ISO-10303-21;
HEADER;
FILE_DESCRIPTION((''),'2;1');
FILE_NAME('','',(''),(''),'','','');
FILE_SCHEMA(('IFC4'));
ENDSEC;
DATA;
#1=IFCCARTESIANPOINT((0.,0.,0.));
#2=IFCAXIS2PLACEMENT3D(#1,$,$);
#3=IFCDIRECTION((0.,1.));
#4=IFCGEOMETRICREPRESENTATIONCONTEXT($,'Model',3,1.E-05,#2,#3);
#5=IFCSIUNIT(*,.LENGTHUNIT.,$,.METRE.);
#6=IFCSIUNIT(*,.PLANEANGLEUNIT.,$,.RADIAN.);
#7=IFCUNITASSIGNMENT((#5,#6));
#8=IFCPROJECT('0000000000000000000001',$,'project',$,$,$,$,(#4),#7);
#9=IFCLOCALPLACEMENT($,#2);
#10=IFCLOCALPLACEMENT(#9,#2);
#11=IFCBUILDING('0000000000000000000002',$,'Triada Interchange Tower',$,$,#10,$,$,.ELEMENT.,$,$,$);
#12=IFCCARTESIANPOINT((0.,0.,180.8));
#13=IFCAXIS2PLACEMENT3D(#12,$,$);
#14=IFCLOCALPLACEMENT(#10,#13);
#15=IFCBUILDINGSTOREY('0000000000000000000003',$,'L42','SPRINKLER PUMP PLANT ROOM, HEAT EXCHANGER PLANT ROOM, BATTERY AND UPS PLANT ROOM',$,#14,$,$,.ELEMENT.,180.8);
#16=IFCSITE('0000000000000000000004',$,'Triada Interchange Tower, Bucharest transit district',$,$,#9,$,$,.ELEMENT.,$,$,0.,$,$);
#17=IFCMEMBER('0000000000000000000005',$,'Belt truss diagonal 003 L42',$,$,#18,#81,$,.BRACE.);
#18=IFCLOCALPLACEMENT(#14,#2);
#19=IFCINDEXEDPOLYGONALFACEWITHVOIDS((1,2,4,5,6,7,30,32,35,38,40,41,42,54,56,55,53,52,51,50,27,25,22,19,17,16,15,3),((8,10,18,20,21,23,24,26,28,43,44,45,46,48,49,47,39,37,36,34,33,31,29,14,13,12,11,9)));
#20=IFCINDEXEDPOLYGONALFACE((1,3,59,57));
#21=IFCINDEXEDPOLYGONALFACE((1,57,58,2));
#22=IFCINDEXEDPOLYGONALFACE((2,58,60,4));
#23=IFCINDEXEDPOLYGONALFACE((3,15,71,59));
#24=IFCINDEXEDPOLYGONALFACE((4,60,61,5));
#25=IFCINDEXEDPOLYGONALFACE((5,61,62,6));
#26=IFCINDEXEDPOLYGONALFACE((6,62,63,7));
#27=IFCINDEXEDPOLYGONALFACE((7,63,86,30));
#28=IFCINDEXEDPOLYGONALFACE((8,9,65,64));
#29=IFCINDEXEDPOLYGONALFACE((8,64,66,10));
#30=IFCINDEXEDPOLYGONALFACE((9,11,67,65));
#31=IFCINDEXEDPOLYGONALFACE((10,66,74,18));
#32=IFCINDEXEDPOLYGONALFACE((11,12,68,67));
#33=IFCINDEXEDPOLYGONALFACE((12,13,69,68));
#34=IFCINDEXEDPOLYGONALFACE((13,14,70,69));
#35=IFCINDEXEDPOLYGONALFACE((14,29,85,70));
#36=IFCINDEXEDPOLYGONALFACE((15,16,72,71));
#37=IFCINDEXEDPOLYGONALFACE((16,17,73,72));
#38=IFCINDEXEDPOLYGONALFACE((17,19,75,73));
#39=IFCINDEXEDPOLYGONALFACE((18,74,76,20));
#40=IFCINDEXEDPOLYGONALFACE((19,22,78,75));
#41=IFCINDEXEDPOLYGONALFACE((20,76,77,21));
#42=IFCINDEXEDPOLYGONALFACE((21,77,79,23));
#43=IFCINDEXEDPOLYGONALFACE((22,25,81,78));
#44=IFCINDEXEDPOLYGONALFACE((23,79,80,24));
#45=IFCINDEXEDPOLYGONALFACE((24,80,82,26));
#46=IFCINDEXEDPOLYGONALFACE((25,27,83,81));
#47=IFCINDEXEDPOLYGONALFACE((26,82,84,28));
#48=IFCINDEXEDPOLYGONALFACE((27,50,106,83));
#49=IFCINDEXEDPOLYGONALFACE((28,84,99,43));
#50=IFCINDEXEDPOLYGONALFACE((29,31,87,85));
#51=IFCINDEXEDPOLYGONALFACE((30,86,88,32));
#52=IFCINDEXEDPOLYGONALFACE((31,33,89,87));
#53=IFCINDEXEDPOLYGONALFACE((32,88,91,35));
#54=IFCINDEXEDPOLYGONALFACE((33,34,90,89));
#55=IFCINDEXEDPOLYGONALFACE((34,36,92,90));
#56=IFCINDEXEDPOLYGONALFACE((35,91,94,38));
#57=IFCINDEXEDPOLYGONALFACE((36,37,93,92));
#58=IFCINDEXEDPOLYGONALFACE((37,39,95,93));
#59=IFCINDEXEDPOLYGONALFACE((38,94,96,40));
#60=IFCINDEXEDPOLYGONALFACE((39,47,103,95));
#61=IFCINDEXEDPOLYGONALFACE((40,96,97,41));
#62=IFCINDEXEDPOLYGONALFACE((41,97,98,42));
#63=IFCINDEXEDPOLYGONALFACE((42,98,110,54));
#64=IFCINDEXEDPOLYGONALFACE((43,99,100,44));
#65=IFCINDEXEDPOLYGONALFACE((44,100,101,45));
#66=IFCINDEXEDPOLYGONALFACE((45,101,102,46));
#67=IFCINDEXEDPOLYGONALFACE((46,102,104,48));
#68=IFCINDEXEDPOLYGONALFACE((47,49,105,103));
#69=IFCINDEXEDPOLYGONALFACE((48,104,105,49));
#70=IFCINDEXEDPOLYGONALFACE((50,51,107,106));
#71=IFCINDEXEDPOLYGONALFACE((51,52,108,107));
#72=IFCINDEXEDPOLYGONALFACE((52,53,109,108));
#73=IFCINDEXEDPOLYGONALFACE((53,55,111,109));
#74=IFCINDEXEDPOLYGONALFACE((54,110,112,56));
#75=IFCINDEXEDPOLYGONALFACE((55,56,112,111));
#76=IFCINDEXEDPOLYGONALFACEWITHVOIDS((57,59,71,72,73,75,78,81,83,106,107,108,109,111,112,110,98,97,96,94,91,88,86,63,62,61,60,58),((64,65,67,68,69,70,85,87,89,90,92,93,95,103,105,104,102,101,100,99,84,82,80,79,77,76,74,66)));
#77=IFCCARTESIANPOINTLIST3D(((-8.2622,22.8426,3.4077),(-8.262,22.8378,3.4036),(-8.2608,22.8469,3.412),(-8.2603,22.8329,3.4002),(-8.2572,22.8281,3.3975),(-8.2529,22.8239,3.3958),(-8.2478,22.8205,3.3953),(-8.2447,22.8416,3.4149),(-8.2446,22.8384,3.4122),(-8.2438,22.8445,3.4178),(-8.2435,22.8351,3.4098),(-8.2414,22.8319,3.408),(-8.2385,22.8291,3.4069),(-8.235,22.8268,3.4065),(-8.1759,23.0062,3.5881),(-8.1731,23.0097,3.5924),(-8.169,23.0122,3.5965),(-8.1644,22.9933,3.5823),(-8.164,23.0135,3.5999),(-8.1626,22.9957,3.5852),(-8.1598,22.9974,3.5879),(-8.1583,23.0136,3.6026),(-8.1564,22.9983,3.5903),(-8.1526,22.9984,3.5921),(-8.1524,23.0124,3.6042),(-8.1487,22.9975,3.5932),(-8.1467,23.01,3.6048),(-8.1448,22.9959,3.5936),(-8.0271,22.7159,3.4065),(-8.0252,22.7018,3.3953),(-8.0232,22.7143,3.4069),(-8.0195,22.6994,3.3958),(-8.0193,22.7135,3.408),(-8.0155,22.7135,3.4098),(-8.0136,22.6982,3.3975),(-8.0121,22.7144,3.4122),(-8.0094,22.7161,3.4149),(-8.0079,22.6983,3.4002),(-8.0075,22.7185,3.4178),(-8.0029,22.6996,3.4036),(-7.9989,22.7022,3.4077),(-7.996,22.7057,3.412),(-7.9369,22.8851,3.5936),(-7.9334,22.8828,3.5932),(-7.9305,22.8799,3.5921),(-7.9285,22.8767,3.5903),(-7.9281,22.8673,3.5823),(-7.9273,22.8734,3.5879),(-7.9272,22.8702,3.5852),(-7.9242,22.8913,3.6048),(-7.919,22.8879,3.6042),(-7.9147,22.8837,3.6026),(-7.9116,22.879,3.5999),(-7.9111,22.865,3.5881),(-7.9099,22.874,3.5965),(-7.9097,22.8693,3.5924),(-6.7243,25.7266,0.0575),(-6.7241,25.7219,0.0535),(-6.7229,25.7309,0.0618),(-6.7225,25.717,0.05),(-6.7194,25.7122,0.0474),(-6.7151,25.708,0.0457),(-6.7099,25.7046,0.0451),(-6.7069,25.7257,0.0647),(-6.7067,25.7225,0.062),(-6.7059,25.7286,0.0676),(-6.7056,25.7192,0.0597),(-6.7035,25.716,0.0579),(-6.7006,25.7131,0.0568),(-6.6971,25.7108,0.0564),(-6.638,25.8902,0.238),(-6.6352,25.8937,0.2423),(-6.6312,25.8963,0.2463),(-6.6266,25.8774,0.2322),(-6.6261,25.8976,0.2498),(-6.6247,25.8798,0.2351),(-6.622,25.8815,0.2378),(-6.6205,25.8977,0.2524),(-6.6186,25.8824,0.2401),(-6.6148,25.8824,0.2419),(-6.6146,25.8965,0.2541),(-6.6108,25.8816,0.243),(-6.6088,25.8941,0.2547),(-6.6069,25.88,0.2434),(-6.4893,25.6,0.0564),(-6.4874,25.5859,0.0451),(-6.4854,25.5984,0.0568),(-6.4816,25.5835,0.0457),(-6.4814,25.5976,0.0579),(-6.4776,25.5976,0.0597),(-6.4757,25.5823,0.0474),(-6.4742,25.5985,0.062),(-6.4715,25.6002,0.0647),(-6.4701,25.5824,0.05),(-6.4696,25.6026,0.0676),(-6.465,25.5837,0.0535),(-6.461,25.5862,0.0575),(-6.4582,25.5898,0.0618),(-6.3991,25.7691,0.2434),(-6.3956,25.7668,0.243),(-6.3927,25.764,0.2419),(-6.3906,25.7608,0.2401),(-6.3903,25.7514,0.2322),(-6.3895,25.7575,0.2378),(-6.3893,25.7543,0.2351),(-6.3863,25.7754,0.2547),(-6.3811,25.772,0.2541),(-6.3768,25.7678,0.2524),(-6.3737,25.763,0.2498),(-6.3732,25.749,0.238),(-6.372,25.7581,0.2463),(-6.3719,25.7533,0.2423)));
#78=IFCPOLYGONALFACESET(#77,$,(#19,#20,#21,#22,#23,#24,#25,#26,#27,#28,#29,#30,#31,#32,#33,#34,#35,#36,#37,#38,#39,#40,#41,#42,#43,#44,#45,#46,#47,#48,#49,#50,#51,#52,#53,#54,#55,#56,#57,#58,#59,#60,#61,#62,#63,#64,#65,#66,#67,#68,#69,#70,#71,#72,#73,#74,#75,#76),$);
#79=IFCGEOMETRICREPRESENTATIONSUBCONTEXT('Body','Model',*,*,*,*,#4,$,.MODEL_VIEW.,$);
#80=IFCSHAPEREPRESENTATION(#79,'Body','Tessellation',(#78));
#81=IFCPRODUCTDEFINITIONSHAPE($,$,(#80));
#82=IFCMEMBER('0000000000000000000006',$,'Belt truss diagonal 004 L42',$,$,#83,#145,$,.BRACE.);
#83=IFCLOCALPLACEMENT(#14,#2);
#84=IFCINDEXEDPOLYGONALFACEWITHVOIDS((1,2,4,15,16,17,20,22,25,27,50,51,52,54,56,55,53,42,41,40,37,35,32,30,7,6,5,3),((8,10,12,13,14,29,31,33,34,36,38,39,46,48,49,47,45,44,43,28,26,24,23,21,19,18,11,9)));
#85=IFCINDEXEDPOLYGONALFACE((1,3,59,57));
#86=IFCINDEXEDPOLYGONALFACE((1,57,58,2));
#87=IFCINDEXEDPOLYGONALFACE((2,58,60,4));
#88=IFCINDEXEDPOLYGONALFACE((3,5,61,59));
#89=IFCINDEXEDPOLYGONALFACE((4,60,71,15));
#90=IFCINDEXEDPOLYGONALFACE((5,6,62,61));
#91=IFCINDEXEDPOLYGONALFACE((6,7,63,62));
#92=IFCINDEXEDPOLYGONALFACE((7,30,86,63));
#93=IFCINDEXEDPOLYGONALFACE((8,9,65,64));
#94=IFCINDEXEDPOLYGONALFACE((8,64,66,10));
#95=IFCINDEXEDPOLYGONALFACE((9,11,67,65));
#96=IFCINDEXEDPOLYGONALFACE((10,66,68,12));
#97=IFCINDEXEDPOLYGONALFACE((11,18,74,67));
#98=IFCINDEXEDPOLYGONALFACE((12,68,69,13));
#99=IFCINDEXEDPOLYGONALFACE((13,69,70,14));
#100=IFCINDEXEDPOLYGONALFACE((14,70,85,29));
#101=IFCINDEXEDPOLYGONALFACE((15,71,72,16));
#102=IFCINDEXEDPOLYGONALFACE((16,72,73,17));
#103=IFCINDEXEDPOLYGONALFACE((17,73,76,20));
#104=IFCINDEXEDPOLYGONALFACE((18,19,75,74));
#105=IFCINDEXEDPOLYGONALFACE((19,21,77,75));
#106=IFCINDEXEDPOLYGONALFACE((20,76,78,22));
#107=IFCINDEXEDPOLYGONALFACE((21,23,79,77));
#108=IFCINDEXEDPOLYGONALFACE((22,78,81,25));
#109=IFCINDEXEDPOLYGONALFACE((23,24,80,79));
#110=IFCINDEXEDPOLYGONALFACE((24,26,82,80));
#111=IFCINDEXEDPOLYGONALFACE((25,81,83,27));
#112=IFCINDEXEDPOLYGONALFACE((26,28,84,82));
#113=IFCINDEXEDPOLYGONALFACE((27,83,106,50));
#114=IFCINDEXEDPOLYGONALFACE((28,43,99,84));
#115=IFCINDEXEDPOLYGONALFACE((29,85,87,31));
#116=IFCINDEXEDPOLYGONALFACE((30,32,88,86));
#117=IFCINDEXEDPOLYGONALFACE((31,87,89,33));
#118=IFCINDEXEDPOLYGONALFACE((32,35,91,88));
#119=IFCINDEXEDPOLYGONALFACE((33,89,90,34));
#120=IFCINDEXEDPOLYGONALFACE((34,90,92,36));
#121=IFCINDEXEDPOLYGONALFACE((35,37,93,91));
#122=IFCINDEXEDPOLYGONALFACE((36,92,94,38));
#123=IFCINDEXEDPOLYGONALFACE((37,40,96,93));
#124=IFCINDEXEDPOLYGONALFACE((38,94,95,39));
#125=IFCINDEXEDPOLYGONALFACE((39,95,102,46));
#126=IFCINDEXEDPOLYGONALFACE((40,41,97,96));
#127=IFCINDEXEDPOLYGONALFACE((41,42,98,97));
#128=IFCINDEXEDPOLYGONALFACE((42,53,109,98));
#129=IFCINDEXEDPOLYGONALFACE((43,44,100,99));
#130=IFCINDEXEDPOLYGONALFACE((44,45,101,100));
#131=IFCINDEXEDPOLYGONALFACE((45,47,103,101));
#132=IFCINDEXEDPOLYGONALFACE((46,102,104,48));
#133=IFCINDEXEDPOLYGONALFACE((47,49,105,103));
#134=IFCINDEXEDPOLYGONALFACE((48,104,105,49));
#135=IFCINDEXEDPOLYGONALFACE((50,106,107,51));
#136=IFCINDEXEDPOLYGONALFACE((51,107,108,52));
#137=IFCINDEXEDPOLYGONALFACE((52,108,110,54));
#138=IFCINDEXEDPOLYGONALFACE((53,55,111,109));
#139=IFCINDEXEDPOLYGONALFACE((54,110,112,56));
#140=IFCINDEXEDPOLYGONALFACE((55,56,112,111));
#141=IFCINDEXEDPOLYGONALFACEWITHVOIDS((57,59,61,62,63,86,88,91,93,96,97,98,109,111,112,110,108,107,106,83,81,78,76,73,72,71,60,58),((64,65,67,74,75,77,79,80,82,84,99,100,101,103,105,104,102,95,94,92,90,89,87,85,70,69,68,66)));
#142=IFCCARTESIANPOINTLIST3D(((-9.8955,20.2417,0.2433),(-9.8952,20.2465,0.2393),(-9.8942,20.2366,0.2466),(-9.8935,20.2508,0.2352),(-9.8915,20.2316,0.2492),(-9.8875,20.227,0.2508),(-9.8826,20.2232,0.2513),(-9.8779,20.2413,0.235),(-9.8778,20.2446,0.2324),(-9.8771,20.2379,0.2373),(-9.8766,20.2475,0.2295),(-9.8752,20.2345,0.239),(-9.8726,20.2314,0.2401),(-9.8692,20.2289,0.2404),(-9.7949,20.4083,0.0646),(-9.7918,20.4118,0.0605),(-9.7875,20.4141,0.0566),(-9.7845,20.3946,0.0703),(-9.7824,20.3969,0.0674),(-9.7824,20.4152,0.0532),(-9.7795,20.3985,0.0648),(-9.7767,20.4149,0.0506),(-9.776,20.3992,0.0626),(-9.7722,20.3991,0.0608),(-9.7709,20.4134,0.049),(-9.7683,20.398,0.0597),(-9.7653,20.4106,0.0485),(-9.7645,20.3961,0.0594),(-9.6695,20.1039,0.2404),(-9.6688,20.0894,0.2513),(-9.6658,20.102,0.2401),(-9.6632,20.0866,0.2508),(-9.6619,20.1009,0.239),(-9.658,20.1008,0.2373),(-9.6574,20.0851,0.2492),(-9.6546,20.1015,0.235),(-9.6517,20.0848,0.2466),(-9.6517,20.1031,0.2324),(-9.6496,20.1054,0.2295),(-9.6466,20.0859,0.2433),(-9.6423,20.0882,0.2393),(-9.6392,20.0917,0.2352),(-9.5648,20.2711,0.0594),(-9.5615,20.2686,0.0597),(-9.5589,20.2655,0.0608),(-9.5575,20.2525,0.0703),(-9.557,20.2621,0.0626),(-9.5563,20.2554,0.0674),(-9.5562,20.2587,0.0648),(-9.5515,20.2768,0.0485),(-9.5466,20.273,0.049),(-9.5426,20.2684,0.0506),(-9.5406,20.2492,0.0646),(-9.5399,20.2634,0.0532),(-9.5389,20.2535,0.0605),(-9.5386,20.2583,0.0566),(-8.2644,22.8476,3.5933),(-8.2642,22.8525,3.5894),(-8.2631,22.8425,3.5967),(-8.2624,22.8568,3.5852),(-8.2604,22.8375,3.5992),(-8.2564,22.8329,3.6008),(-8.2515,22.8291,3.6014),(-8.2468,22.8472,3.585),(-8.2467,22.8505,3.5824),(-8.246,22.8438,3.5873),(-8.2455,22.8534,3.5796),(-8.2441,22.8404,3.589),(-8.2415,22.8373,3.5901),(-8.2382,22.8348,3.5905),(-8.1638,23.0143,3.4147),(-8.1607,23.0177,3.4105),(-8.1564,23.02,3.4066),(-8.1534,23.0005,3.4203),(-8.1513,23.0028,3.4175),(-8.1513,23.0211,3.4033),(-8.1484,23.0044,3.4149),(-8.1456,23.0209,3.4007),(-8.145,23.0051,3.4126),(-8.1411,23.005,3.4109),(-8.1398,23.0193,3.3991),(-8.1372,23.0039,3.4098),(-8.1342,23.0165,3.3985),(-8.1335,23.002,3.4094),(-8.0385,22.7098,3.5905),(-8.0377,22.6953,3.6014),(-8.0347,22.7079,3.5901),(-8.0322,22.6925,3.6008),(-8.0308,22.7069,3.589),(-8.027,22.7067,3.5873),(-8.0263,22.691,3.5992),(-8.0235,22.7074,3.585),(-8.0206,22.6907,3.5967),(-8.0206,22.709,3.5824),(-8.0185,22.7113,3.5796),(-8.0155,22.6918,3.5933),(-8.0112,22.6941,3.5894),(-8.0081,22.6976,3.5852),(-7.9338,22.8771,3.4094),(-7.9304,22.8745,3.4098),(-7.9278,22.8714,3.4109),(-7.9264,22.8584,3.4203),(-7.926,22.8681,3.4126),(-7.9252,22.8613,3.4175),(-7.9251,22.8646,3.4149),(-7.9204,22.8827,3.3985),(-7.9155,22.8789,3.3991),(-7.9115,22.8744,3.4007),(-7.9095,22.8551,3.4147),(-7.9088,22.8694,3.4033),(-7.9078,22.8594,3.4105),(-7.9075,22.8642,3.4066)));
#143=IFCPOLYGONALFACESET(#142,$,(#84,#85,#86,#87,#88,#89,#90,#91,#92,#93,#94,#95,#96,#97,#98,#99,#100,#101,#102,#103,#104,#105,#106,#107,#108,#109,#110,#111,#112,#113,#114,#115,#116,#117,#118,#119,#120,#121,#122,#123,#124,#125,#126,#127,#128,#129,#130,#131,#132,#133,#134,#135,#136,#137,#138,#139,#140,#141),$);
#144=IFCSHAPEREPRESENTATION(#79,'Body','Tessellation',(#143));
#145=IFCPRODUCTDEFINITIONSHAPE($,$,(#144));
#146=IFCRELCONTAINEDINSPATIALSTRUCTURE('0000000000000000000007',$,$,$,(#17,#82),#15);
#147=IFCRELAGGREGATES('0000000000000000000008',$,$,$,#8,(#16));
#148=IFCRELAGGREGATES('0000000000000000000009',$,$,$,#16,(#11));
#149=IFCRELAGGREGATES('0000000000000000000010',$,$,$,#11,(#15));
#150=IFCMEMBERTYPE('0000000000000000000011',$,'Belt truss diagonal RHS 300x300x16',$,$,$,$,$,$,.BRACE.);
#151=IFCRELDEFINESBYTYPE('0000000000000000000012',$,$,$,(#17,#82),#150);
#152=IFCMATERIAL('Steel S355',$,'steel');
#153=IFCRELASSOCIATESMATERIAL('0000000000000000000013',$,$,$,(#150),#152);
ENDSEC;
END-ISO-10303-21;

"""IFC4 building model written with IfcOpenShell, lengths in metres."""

from ifc_helpers import new_model, si_unit, direction, frame, origin, origin_2d, place, context, subcontext, project, spatial, hollow_rectangle, extrude, material, material_profile, profile_set, type_object, element, save


model = new_model("IFC4")

# Units and contexts
model_context = context("Model", 3, precision=1e-05, world=origin(), true_north=direction((0.0, 1.0)))
body_context = subcontext(model_context, "Body", "Model", "MODEL_VIEW")
ifc_project = project(units=[si_unit("LENGTHUNIT", "METRE"), si_unit("PLANEANGLEUNIT", "RADIAN")], contexts=[model_context])

# Site, building, storey
site_placement = place(None, origin())
site = spatial("IfcSite", under=ifc_project, at=site_placement, Name="Triada Interchange Tower, Bucharest transit district", CompositionType="ELEMENT", RefElevation=0.0)
building_placement = place(site_placement, origin())
building = spatial("IfcBuilding", under=site, at=building_placement, Name="Triada Interchange Tower", CompositionType="ELEMENT")
storey_placement = place(building_placement, frame((0.0, 0.0, 180.8)))
storey = spatial("IfcBuildingStorey", under=building, at=storey_placement, Name="L42", Description="SPRINKLER PUMP PLANT ROOM, HEAT EXCHANGER PLANT ROOM, BATTERY AND UPS PLANT ROOM", CompositionType="ELEMENT", Elevation=180.8)

# Members
ifc_material_1 = material(Name="Steel S355", Category="steel")
ifc_material_profile_1 = material_profile(ifc_material_1, hollow_rectangle(XDim=0.3, YDim=0.3, WallThickness=0.0161, InnerFilletRadius=0.0161, OuterFilletRadius=0.0239, at=origin_2d()), Name="RHS 300x300x16")
ifc_profile_set_1 = profile_set([ifc_material_profile_1], Name="Steel S355")
member_type = type_object("IfcMemberType", Name="Belt truss diagonal RHS 300x300x16", PredefinedType="BRACE", material=ifc_profile_set_1)
member_1_placement = place(storey_placement, frame((-6.5481, 25.74, 0.1499), z_axis=(-0.328573, -0.616199, 0.715778), x_axis=(0.882392, -0.470515, 0.0)))
element("IfcMember", 1, at=member_1_placement, inside=storey, type_object=member_type, Name="Belt truss diagonal 003 L42", PredefinedType="BRACE", context=body_context, shape_type="SweptSolid", body=[
    extrude(hollow_rectangle(XDim=0.3, YDim=0.3, WallThickness=0.0161, InnerFilletRadius=0.0161, OuterFilletRadius=0.0239, at=origin_2d()), origin(), (0.0, 0.0, 1.0), 4.6804),
])
member_2_placement = place(storey_placement, frame((-9.717, 20.25, 0.1499), z_axis=(0.358726, 0.573123, 0.736781), x_axis=(-0.84765, 0.530556, 0.0)))
element("IfcMember", 2, at=member_2_placement, inside=storey, type_object=member_type, Name="Belt truss diagonal 004 L42", PredefinedType="BRACE", context=body_context, shape_type="SweptSolid", body=[
    extrude(hollow_rectangle(XDim=0.3, YDim=0.3, WallThickness=0.0161, InnerFilletRadius=0.0161, OuterFilletRadius=0.0239, at=origin_2d()), origin(), (0.0, 0.0, 1.0), 4.5469),
])

save(model, "model.ifc")
